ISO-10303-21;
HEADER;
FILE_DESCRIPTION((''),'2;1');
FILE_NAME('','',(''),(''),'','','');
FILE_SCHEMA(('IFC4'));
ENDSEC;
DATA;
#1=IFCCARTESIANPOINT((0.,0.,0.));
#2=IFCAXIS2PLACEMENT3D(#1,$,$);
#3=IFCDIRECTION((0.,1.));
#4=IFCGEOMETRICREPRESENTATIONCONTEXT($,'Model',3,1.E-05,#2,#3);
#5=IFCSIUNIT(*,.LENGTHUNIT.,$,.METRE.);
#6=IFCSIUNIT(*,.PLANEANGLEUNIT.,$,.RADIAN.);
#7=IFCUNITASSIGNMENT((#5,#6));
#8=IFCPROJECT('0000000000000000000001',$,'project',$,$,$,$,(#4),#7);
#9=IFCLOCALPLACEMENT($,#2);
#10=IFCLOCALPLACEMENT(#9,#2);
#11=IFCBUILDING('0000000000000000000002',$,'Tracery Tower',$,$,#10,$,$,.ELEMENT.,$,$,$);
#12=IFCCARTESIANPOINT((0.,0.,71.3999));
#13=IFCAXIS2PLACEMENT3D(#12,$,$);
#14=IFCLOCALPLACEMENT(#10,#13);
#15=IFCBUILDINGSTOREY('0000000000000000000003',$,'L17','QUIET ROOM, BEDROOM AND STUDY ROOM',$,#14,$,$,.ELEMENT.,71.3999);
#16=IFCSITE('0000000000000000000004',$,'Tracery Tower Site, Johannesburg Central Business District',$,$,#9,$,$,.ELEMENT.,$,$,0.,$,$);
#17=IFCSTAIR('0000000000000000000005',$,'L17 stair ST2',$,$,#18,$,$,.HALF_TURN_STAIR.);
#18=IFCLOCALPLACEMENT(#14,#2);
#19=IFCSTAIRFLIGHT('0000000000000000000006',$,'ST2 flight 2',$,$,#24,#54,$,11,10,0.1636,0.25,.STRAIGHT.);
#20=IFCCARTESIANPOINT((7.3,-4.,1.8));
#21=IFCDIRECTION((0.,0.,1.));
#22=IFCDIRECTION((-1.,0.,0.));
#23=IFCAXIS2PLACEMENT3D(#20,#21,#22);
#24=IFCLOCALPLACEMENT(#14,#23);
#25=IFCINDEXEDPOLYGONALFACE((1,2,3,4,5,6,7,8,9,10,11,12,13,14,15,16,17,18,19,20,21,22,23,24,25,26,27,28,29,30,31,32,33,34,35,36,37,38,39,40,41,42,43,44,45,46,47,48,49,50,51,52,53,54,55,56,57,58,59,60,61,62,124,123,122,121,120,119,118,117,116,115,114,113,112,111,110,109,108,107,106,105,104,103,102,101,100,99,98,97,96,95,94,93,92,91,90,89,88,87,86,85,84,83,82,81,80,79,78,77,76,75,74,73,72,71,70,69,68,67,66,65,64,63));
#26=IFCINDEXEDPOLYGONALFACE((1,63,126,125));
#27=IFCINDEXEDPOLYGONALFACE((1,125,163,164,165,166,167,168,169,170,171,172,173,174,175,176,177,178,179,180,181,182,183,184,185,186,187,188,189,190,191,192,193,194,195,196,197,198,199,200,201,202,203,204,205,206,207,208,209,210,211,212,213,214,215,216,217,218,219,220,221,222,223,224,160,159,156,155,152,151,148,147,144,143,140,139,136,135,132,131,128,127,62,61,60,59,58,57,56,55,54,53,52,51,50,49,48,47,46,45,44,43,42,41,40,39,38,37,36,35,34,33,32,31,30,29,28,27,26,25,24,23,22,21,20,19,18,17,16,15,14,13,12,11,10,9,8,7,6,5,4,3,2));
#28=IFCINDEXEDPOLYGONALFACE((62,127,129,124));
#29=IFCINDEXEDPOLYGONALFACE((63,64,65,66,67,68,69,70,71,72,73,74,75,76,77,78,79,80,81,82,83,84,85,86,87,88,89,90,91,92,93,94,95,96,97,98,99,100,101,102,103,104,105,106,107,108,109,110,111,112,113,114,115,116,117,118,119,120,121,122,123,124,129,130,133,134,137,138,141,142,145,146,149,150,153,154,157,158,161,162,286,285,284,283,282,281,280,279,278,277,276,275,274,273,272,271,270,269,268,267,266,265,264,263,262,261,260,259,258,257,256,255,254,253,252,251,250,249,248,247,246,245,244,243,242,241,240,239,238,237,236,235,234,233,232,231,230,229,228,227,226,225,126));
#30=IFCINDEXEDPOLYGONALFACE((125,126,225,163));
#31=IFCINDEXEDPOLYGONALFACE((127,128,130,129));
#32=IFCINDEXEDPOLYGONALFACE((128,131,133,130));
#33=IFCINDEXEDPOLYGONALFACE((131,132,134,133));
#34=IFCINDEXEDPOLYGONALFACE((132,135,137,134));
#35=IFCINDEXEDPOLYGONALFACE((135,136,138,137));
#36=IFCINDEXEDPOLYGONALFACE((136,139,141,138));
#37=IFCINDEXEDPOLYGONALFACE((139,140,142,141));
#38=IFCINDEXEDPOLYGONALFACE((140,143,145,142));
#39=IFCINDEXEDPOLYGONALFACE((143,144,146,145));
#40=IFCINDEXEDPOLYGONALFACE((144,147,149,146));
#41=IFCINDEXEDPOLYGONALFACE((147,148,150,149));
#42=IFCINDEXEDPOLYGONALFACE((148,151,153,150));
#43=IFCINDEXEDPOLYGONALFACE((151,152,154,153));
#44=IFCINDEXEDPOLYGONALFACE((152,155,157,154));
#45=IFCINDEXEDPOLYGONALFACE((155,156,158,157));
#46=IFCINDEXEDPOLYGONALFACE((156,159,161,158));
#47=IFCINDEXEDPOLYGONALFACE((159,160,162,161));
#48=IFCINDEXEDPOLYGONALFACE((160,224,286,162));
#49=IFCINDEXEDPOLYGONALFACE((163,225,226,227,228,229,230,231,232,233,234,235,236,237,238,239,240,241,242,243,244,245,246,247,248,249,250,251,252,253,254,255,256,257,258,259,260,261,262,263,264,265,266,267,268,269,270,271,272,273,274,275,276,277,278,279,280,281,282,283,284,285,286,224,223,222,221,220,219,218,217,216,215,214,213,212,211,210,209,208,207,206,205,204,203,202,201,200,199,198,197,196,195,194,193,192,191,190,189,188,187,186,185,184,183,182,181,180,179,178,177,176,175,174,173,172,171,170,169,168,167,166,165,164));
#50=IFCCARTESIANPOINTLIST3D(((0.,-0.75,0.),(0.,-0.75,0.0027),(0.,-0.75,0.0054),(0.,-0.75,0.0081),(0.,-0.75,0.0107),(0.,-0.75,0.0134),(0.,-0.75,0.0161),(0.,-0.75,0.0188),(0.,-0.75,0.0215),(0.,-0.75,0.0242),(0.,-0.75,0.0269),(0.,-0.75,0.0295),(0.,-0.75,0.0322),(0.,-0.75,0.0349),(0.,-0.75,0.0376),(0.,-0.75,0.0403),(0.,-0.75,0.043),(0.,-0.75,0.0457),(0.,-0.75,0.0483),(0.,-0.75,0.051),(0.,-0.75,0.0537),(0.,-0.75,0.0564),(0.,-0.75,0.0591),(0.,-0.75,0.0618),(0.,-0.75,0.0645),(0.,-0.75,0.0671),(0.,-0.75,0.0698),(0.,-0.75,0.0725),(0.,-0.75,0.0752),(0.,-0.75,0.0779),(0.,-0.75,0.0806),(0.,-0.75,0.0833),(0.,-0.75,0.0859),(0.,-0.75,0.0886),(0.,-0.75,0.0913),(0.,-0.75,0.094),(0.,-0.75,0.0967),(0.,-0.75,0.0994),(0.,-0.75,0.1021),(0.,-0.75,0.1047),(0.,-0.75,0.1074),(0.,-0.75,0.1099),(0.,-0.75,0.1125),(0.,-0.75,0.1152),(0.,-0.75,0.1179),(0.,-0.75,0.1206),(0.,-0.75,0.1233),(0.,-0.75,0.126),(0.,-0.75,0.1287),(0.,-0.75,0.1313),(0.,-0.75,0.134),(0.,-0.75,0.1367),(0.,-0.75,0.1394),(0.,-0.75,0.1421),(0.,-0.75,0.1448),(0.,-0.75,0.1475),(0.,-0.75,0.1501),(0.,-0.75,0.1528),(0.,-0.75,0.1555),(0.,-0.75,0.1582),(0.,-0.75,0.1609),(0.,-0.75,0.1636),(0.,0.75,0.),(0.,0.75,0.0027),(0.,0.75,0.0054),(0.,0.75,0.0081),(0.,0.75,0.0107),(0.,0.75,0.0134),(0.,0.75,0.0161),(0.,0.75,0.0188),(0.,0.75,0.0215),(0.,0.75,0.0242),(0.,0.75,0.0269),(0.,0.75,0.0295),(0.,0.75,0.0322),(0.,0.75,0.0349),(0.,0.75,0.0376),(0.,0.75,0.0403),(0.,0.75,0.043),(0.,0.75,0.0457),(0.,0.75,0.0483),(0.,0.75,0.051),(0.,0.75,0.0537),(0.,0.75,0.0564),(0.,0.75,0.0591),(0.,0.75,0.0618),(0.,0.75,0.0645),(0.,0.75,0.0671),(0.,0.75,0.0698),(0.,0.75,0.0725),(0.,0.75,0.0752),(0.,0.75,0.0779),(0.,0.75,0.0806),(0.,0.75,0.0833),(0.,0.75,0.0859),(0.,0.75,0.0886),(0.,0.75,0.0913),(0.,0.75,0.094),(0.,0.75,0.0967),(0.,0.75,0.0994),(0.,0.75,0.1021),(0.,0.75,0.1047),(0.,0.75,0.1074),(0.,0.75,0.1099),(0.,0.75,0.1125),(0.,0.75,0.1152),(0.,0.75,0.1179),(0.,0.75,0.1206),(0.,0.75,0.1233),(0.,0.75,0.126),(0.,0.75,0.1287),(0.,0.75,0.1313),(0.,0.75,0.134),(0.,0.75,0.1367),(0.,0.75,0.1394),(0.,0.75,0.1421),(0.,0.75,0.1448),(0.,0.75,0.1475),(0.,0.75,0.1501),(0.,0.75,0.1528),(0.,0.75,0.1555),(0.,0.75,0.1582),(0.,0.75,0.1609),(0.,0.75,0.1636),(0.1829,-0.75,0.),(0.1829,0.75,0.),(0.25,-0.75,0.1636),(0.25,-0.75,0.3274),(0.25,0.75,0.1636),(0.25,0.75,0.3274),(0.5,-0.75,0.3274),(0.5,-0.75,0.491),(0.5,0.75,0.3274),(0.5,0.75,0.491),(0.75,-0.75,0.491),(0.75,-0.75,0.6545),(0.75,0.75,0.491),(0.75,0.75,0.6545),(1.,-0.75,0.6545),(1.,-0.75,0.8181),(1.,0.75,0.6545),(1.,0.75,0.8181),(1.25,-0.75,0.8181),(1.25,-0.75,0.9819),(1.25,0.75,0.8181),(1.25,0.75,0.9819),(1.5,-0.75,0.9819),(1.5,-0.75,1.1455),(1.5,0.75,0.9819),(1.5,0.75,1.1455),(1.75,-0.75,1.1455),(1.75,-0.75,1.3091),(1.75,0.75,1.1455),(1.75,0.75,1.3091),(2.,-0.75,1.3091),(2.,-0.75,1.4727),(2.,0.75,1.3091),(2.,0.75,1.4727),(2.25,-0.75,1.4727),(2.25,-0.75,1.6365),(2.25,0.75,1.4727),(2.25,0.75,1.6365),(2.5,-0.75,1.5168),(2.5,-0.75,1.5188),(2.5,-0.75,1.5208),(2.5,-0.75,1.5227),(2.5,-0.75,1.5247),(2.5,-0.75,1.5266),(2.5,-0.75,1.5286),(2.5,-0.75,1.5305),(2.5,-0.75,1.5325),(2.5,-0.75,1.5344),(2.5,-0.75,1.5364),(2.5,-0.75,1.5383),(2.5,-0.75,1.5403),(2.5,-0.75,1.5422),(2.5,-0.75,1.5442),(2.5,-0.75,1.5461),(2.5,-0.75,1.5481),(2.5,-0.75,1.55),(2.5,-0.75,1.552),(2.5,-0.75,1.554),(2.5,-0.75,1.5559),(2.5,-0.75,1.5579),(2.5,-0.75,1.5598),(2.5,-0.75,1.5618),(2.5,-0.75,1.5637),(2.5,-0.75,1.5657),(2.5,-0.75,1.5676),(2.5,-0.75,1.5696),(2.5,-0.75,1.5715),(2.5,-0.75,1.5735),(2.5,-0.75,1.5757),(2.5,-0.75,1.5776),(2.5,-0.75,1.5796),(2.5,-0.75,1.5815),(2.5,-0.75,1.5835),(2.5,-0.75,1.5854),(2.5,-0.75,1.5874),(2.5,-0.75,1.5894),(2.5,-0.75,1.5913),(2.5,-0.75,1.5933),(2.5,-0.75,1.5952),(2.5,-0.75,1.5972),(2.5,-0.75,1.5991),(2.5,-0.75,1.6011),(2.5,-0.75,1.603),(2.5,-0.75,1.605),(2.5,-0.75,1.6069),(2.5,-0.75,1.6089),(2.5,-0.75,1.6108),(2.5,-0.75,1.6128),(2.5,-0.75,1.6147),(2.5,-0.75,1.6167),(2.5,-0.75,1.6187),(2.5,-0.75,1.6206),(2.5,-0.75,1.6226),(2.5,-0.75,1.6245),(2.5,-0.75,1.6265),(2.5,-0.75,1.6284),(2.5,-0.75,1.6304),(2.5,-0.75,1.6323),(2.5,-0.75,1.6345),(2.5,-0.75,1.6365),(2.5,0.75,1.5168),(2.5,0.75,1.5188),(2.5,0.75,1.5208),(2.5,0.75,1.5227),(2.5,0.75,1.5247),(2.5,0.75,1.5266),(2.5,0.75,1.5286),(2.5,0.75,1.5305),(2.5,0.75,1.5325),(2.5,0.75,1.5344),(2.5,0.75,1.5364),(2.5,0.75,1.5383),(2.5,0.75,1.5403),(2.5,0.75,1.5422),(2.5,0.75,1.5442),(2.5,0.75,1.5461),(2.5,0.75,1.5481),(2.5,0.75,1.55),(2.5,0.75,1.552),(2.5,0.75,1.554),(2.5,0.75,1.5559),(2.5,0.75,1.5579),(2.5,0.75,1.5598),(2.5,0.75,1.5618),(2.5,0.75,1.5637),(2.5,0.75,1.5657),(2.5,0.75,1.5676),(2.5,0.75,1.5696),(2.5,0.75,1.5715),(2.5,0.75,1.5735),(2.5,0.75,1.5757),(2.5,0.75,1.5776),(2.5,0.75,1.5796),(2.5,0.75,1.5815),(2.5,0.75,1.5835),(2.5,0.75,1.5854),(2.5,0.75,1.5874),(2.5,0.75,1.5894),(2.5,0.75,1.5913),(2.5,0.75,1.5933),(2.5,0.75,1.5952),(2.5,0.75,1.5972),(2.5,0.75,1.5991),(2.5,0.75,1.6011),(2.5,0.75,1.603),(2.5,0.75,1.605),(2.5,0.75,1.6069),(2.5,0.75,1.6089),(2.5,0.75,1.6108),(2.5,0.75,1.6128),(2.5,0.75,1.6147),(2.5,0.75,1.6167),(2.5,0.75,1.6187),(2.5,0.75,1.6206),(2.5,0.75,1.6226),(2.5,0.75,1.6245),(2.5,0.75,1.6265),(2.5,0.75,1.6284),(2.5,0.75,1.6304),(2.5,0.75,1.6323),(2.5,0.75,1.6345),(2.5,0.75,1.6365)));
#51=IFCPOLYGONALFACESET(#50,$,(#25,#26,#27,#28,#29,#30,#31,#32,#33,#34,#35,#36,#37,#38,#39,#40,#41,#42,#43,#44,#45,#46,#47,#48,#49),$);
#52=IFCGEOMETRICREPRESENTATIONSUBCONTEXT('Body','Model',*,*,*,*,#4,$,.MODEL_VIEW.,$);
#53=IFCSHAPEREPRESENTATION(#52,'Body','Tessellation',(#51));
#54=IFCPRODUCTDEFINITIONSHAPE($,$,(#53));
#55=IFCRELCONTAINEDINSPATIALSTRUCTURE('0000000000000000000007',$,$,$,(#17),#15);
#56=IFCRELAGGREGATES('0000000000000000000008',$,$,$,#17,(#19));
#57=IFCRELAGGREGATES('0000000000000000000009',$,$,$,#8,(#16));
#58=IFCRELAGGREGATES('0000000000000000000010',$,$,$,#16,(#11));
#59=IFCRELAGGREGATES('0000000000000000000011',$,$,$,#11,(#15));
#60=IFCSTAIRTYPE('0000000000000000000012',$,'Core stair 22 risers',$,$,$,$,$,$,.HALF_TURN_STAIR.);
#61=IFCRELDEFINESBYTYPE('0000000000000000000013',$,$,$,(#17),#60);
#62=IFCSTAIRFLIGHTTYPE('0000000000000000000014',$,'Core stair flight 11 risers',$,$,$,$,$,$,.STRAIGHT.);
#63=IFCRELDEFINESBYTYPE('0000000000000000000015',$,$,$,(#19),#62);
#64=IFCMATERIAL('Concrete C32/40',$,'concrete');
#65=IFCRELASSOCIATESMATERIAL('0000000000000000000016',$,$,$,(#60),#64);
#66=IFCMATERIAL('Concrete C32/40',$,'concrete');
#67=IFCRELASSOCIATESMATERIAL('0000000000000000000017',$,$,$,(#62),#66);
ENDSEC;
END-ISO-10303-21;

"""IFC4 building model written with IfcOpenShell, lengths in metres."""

from ifc_helpers import new_model, si_unit, direction, frame, origin, place, context, subcontext, project, spatial, polyline, outline, extrude, material, type_object, element, aggregate, save


model = new_model("IFC4")

# Units and contexts
model_context = context("Model", 3, precision=1e-05, world=origin(), true_north=direction((0.0, 1.0)))
body_context = subcontext(model_context, "Body", "Model", "MODEL_VIEW")
ifc_project = project(units=[si_unit("LENGTHUNIT", "METRE"), si_unit("PLANEANGLEUNIT", "RADIAN")], contexts=[model_context])

# Site, building, storey
site_placement = place(None, origin())
site = spatial("IfcSite", under=ifc_project, at=site_placement, Name="Tracery Tower Site, Johannesburg Central Business District", CompositionType="ELEMENT", RefElevation=0.0)
building_placement = place(site_placement, origin())
building = spatial("IfcBuilding", under=site, at=building_placement, Name="Tracery Tower", CompositionType="ELEMENT")
storey_placement = place(building_placement, frame((0.0, 0.0, 71.3999)))
storey = spatial("IfcBuildingStorey", under=building, at=storey_placement, Name="L17", Description="QUIET ROOM, BEDROOM AND STUDY ROOM", CompositionType="ELEMENT", Elevation=71.3999)

# Stair, stair flight
ifc_material_1 = material(Name="Concrete C32/40", Category="concrete")
stair_type = type_object("IfcStairType", Name="Core stair 22 risers", PredefinedType="HALF_TURN_STAIR", material=ifc_material_1)
stair_placement = place(storey_placement, origin())
stair = element("IfcStair", 1, at=stair_placement, inside=storey, type_object=stair_type, Name="L17 stair ST2", PredefinedType="HALF_TURN_STAIR")
ifc_material_2 = material(Name="Concrete C32/40", Category="concrete")
stair_flight_type = type_object("IfcStairFlightType", Name="Core stair flight 11 risers", PredefinedType="STRAIGHT", material=ifc_material_2)
stair_flight_1_placement = place(storey_placement, frame((7.3, -4.0, 1.8), z_axis=(0.0, 0.0, 1.0), x_axis=(-1.0, 0.0, 0.0)))
stair_flight_1 = element("IfcStairFlight", 2, at=stair_flight_1_placement, type_object=stair_flight_type, Name="ST2 flight 2", NumberOfRisers=11, NumberOfTreads=10, PredefinedType="STRAIGHT", RiserHeight=0.1636, TreadLength=0.25, context=body_context, shape_type="SweptSolid", body=[
    extrude(outline(polyline([(0.0, 0.0), (0.0, 0.0027), (0.0, 0.0054), (0.0, 0.0081), (0.0, 0.0107), (0.0, 0.0134), (0.0, 0.0161), (0.0, 0.0188), (0.0, 0.0215), (0.0, 0.0242), (0.0, 0.0269), (0.0, 0.0295), (0.0, 0.0322), (0.0, 0.0349), (0.0, 0.0376), (0.0, 0.0403), (0.0, 0.043), (0.0, 0.0457), (0.0, 0.0483), (0.0, 0.051), (0.0, 0.0537), (0.0, 0.0564), (0.0, 0.0591), (0.0, 0.0618), (0.0, 0.0645), (0.0, 0.0671), (0.0, 0.0698), (0.0, 0.0725), (0.0, 0.0752), (0.0, 0.0779), (0.0, 0.0806), (0.0, 0.0833), (0.0, 0.0859), (0.0, 0.0886), (0.0, 0.0913), (0.0, 0.094), (0.0, 0.0967), (0.0, 0.0994), (0.0, 0.1021), (0.0, 0.1047), (0.0, 0.1074), (0.0, 0.1099), (0.0, 0.1125), (0.0, 0.1152), (0.0, 0.1179), (0.0, 0.1206), (0.0, 0.1233), (0.0, 0.126), (0.0, 0.1287), (0.0, 0.1313), (0.0, 0.134), (0.0, 0.1367), (0.0, 0.1394), (0.0, 0.1421), (0.0, 0.1448), (0.0, 0.1475), (0.0, 0.1501), (0.0, 0.1528), (0.0, 0.1555), (0.0, 0.1582), (0.0, 0.1609), (0.0, 0.1636), (0.25, 0.1636), (0.25, 0.3274), (0.5, 0.3274), (0.5, 0.491), (0.75, 0.491), (0.75, 0.6545), (1.0, 0.6545), (1.0, 0.8181), (1.25, 0.8181), (1.25, 0.9819), (1.5, 0.9819), (1.5, 1.1455), (1.75, 1.1455), (1.75, 1.3091), (2.0, 1.3091), (2.0, 1.4727), (2.25, 1.4727), (2.25, 1.6365), (2.5, 1.6365), (2.5, 1.6345), (2.5, 1.6323), (2.5, 1.6304), (2.5, 1.6284), (2.5, 1.6265), (2.5, 1.6245), (2.5, 1.6226), (2.5, 1.6206), (2.5, 1.6187), (2.5, 1.6167), (2.5, 1.6147), (2.5, 1.6128), (2.5, 1.6108), (2.5, 1.6089), (2.5, 1.6069), (2.5, 1.605), (2.5, 1.603), (2.5, 1.6011), (2.5, 1.5991), (2.5, 1.5972), (2.5, 1.5952), (2.5, 1.5933), (2.5, 1.5913), (2.5, 1.5894), (2.5, 1.5874), (2.5, 1.5854), (2.5, 1.5835), (2.5, 1.5815), (2.5, 1.5796), (2.5, 1.5776), (2.5, 1.5757), (2.5, 1.5735), (2.5, 1.5715), (2.5, 1.5696), (2.5, 1.5676), (2.5, 1.5657), (2.5, 1.5637), (2.5, 1.5618), (2.5, 1.5598), (2.5, 1.5579), (2.5, 1.5559), (2.5, 1.554), (2.5, 1.552), (2.5, 1.55), (2.5, 1.5481), (2.5, 1.5461), (2.5, 1.5442), (2.5, 1.5422), (2.5, 1.5403), (2.5, 1.5383), (2.5, 1.5364), (2.5, 1.5344), (2.5, 1.5325), (2.5, 1.5305), (2.5, 1.5286), (2.5, 1.5266), (2.5, 1.5247), (2.5, 1.5227), (2.5, 1.5208), (2.5, 1.5188), (2.5, 1.5168), (0.1829, 0.0), (0.0, 0.0)])), frame((0.0, 0.75, 0.0), z_axis=(0.0, -1.0, 0.0), x_axis=(1.0, 0.0, 0.0)), (0.0, 0.0, 1.0), 1.5),
])
aggregate(stair, [stair_flight_1])

save(model, "model.ifc")
